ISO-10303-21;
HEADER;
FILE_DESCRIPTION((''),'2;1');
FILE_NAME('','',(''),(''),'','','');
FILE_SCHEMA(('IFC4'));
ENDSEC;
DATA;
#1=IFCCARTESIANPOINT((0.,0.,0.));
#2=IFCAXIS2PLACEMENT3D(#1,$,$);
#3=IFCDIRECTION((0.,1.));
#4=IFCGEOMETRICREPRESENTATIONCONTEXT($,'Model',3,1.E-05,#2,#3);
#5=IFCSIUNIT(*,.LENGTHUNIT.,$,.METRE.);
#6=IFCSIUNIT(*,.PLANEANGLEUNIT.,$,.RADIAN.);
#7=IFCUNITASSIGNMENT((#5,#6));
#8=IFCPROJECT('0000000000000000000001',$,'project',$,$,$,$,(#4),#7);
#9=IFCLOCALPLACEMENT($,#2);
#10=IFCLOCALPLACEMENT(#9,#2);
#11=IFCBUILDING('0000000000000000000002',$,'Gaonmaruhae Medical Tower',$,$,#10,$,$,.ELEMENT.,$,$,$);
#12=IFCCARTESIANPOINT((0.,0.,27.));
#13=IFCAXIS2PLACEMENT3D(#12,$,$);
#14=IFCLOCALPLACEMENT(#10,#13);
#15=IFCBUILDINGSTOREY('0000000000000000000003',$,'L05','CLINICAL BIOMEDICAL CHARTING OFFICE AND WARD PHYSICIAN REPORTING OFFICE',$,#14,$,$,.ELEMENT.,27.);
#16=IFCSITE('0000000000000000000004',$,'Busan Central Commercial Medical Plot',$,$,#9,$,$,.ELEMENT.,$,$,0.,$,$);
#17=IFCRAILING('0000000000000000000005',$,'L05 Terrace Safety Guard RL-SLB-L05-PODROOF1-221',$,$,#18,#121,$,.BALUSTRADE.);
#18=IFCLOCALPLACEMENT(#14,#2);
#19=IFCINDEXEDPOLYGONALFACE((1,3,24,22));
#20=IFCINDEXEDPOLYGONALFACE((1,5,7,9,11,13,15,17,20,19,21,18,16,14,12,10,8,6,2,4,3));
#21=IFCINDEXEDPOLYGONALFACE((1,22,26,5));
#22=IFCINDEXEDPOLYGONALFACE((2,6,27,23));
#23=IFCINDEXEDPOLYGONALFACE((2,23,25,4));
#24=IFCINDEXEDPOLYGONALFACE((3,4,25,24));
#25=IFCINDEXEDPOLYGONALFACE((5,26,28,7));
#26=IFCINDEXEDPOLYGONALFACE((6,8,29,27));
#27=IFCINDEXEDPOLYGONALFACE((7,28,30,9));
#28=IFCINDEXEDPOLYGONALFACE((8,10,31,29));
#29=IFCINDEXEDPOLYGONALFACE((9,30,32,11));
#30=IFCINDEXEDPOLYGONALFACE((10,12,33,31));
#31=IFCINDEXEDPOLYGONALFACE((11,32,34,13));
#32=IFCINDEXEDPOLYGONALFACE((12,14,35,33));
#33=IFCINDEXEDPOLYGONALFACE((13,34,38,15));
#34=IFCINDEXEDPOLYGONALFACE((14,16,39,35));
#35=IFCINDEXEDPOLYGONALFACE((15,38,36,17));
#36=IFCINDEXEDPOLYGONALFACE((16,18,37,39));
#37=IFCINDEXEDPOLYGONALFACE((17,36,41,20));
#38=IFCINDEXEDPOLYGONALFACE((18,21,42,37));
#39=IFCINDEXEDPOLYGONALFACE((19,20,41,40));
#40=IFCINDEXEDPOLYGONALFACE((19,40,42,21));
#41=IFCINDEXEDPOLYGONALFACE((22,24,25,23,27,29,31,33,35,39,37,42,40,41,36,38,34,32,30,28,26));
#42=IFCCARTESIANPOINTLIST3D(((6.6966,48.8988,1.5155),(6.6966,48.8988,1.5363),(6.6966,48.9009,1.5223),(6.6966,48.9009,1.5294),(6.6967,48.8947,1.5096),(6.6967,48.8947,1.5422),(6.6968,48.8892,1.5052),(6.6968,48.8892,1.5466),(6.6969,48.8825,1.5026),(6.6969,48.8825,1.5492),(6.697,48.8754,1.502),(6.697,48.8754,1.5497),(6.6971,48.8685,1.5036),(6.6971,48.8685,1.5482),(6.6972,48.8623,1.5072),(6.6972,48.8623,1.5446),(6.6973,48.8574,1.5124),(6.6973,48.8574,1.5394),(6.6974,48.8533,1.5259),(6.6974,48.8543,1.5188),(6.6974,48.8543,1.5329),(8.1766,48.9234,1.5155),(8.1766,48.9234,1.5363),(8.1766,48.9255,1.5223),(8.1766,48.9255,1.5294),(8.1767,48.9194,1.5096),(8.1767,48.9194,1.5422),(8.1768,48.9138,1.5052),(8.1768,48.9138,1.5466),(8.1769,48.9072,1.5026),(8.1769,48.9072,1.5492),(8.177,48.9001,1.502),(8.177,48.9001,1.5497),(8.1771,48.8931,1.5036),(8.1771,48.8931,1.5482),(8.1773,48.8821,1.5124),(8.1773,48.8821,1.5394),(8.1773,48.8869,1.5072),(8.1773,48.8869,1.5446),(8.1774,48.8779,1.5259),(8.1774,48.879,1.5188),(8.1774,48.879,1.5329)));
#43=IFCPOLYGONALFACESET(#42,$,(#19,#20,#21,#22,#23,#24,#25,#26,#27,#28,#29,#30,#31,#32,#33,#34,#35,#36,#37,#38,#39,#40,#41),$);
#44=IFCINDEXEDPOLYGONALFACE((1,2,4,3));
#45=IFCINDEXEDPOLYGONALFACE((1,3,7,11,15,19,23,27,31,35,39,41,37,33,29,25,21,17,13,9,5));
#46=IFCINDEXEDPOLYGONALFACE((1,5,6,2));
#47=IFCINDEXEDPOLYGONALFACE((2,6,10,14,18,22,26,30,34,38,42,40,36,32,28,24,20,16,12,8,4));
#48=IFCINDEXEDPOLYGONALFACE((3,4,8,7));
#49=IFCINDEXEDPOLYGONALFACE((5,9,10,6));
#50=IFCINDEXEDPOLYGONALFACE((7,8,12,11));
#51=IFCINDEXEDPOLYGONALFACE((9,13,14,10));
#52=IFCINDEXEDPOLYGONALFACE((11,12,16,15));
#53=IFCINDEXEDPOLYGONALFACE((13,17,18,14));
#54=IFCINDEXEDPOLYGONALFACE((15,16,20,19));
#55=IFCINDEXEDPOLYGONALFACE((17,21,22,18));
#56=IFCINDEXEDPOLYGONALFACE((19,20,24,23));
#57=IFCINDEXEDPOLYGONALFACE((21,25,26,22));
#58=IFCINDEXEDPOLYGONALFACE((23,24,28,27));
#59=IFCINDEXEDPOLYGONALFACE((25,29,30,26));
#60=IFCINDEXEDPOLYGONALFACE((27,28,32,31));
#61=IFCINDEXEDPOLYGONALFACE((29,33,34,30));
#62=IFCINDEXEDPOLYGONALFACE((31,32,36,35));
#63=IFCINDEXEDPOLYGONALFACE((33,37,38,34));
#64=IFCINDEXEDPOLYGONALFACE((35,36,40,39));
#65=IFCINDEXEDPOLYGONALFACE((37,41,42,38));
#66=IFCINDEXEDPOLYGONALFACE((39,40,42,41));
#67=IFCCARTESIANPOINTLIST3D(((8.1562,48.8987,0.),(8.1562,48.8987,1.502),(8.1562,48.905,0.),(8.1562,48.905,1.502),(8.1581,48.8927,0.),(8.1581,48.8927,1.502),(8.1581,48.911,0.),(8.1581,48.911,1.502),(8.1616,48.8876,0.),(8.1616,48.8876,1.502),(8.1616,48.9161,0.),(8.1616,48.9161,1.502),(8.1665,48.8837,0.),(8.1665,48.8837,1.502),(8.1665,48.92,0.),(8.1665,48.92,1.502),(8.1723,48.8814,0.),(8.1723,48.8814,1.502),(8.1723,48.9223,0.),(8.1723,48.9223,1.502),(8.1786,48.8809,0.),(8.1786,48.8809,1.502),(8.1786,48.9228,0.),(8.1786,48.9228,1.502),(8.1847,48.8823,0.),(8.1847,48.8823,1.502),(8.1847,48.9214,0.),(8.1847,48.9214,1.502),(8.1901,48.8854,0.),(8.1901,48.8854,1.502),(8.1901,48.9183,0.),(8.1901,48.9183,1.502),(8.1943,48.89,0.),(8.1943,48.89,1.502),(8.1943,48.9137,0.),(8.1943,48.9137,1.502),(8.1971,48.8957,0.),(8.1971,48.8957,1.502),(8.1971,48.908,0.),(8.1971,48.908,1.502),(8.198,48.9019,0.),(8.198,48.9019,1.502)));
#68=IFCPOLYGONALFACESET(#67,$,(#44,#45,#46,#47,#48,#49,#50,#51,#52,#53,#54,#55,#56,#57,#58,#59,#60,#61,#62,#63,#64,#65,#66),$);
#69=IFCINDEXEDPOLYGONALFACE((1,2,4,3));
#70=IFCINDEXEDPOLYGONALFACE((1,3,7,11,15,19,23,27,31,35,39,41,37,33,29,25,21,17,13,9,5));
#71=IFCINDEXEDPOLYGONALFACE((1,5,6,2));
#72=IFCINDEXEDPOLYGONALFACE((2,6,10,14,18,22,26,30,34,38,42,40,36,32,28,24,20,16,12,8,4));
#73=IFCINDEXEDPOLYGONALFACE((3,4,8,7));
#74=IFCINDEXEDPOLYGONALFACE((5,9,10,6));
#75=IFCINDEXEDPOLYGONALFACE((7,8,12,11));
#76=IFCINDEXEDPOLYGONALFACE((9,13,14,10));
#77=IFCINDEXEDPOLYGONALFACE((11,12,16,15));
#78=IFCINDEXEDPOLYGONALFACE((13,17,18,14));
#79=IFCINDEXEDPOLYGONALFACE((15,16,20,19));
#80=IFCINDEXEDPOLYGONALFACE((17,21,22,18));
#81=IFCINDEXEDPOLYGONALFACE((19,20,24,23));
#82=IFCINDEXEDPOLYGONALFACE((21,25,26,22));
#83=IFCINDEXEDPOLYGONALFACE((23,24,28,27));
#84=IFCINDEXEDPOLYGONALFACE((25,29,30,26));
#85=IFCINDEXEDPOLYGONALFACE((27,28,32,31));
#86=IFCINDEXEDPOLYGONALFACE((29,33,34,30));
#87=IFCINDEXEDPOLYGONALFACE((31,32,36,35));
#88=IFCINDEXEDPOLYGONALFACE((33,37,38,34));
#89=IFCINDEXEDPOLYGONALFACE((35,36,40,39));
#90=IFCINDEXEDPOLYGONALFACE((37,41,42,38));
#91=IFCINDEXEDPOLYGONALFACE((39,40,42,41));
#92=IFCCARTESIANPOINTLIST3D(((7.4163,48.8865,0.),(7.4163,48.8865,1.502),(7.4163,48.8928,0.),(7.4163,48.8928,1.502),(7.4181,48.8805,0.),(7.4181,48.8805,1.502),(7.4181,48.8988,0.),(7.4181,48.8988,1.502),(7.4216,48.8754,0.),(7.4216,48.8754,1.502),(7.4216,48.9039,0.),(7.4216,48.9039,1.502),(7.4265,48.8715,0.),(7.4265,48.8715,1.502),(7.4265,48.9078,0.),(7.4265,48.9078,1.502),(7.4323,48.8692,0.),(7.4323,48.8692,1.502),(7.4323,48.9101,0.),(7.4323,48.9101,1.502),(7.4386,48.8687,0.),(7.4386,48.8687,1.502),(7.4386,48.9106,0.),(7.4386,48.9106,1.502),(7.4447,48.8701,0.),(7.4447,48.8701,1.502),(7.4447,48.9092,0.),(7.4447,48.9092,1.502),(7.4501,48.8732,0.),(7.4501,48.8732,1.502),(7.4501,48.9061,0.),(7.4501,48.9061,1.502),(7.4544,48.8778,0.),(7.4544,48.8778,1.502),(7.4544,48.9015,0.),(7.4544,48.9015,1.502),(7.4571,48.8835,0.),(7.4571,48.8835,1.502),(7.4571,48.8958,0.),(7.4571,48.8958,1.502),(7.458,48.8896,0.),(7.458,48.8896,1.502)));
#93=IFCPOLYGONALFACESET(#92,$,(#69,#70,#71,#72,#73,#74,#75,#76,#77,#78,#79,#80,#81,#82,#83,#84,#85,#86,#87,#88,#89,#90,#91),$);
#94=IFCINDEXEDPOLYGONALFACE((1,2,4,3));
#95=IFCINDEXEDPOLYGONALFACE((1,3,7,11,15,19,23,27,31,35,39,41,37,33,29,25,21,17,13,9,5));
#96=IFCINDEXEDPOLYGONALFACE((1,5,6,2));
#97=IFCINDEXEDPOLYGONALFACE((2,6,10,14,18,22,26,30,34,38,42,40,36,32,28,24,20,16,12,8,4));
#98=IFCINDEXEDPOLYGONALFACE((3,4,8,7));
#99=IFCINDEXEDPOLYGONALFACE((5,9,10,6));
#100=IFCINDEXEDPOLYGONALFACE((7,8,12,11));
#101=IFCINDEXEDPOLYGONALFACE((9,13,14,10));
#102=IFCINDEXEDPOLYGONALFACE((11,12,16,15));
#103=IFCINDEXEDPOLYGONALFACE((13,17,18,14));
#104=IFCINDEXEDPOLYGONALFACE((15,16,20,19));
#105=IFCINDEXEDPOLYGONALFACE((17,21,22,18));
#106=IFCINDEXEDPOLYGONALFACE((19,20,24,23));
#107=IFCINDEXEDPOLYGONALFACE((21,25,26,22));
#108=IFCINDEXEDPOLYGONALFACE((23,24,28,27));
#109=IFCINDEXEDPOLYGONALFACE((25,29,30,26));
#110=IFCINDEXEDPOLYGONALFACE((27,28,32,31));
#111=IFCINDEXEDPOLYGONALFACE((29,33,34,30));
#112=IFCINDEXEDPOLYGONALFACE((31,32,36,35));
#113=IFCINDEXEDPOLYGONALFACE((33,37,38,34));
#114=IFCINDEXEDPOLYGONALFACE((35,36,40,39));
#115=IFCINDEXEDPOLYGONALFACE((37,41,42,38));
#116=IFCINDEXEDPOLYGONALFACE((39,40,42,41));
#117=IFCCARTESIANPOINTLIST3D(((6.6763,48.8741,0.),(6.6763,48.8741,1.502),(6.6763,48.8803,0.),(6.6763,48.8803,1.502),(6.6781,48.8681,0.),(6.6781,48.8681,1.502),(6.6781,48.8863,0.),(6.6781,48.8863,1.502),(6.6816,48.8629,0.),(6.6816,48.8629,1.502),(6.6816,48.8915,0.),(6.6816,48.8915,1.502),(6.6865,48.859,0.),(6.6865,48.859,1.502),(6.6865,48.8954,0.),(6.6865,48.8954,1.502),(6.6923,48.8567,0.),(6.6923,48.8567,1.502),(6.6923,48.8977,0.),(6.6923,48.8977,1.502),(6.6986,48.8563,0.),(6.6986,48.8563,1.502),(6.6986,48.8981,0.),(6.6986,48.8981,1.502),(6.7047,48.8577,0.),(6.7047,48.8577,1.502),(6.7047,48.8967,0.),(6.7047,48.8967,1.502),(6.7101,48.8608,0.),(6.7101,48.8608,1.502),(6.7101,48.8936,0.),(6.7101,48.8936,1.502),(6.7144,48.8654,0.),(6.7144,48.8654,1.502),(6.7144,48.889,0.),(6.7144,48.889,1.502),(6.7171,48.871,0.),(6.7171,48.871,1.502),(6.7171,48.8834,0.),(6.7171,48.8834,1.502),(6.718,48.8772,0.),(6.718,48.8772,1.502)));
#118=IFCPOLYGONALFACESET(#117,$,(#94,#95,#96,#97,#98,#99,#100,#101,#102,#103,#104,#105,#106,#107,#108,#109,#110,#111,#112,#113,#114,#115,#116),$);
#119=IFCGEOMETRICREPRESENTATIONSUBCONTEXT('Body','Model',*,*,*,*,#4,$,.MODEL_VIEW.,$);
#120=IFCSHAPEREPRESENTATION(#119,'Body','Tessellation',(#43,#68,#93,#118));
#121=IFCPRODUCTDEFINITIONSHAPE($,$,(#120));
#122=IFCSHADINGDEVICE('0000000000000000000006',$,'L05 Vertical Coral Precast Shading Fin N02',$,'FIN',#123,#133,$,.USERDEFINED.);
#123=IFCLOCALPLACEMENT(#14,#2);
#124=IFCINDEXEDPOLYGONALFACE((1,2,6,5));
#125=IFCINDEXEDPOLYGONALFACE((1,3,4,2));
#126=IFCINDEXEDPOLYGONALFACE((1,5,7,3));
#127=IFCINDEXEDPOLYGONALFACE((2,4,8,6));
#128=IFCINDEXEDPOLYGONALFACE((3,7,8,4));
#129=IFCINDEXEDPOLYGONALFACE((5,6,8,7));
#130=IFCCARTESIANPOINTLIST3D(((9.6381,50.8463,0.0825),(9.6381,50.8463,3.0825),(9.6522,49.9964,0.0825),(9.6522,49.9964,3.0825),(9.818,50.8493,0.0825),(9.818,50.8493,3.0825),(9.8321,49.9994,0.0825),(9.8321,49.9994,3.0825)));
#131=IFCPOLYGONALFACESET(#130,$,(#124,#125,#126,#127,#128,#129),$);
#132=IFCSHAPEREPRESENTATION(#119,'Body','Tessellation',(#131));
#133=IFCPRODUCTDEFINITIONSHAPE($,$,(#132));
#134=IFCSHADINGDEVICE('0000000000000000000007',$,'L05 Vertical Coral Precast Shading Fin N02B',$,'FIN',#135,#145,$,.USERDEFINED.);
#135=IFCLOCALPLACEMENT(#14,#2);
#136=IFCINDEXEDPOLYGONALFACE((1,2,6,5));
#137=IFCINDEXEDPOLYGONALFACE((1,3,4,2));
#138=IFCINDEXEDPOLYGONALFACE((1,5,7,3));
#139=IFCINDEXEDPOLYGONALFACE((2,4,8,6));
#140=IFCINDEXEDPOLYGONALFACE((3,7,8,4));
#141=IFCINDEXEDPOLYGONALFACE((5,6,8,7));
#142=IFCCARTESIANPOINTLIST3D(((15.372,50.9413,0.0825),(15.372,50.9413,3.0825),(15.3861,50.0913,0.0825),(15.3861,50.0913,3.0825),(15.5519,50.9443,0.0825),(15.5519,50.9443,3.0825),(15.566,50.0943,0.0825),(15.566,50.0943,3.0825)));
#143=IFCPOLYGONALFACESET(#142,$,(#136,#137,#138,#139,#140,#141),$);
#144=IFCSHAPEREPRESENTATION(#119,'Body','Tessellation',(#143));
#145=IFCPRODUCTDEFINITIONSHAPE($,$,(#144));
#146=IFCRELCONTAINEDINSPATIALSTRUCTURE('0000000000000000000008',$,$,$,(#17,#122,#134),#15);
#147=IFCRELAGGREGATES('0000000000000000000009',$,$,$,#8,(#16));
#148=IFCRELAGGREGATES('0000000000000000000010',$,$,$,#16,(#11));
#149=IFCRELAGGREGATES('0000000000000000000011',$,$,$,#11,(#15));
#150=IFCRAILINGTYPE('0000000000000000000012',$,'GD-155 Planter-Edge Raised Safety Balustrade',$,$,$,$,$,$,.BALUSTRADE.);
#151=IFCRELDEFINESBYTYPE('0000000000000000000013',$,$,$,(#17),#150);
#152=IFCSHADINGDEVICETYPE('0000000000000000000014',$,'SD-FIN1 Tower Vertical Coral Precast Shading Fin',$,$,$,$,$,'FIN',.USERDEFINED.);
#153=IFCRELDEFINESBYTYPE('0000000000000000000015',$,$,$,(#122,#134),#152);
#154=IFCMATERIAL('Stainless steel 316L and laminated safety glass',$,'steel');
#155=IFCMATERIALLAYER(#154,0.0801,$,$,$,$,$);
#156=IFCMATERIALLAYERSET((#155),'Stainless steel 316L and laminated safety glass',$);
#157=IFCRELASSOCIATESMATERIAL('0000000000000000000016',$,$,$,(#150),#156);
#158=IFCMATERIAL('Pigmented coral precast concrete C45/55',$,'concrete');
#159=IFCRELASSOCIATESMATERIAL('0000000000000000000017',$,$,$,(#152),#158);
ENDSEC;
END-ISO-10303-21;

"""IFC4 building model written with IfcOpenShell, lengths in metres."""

from ifc_helpers import new_model, si_unit, direction, frame, origin, origin_2d, place, context, subcontext, project, spatial, rectangle, circle, extrude, material, layer, layer_set, type_object, element, save


model = new_model("IFC4")

# Units and contexts
model_context = context("Model", 3, precision=1e-05, world=origin(), true_north=direction((0.0, 1.0)))
body_context = subcontext(model_context, "Body", "Model", "MODEL_VIEW")
ifc_project = project(units=[si_unit("LENGTHUNIT", "METRE"), si_unit("PLANEANGLEUNIT", "RADIAN")], contexts=[model_context])

# Site, building, storey
site_placement = place(None, origin())
site = spatial("IfcSite", under=ifc_project, at=site_placement, Name="Busan Central Commercial Medical Plot", CompositionType="ELEMENT", RefElevation=0.0)
building_placement = place(site_placement, origin())
building = spatial("IfcBuilding", under=site, at=building_placement, Name="Gaonmaruhae Medical Tower", CompositionType="ELEMENT")
storey_placement = place(building_placement, frame((0.0, 0.0, 27.0)))
storey = spatial("IfcBuildingStorey", under=building, at=storey_placement, Name="L05", Description="CLINICAL BIOMEDICAL CHARTING OFFICE AND WARD PHYSICIAN REPORTING OFFICE", CompositionType="ELEMENT", Elevation=27.0)

# Railing
ifc_material_1 = material(Name="Stainless steel 316L and laminated safety glass", Category="steel")
ifc_layer_1 = layer(ifc_material_1, 0.0801)
ifc_layer_set_1 = layer_set([ifc_layer_1], Name="Stainless steel 316L and laminated safety glass")
railing_type = type_object("IfcRailingType", Name="GD-155 Planter-Edge Raised Safety Balustrade", PredefinedType="BALUSTRADE", material=ifc_layer_set_1)
railing_placement = place(storey_placement, frame((8.177, 48.9019, 0.0)))
element("IfcRailing", 1, at=railing_placement, inside=storey, type_object=railing_type, Name="L05 Terrace Safety Guard RL-SLB-L05-PODROOF1-221", PredefinedType="BALUSTRADE", context=body_context, shape_type="SweptSolid", body=[
    extrude(circle(Radius=0.0239, at=origin_2d()), frame((0.0, 0.0, 1.5259), z_axis=(-0.999861, -0.016659, 0.0), x_axis=(0.016659, -0.999861, 0.0)), (0.0, 0.0, 1.0), 1.4802),
    extrude(circle(Radius=0.021, at=origin_2d()), origin(), (0.0, 0.0, 1.0), 1.502),
    extrude(circle(Radius=0.021, at=origin_2d()), frame((-0.74, -0.0122, 0.0)), (0.0, 0.0, 1.0), 1.502),
    extrude(circle(Radius=0.021, at=origin_2d()), frame((-1.48, -0.0247, 0.0)), (0.0, 0.0, 1.0), 1.502),
])

# Shading devices
ifc_material_2 = material(Name="Pigmented coral precast concrete C45/55", Category="concrete")
shading_device_type = type_object("IfcShadingDeviceType", Name="SD-FIN1 Tower Vertical Coral Precast Shading Fin", ElementType="FIN", PredefinedType="USERDEFINED", material=ifc_material_2)
for number, where, z_axis, x_axis, name in (
    (2, (9.7351, 50.4229, 0.0825), (0.0, 0.0, 1.0), (0.999862, 0.016597, 0.0), "L05 Vertical Coral Precast Shading Fin N02"),
    (3, (15.469, 50.5178, 0.0825), (0.0, 0.0, 1.0), (0.999862, 0.016597, 0.0), "L05 Vertical Coral Precast Shading Fin N02B"),
):
    element("IfcShadingDevice", number, at=place(storey_placement, frame(where, z_axis=z_axis, x_axis=x_axis)), inside=storey, type_object=shading_device_type, Name=name, ObjectType="FIN", PredefinedType="USERDEFINED", context=body_context, shape_type="SweptSolid", body=[
        extrude(rectangle(XDim=0.1799, YDim=0.8501, at=origin_2d()), origin(), (0.0, 0.0, 1.0), 3.0),
    ])

save(model, "model.ifc")
